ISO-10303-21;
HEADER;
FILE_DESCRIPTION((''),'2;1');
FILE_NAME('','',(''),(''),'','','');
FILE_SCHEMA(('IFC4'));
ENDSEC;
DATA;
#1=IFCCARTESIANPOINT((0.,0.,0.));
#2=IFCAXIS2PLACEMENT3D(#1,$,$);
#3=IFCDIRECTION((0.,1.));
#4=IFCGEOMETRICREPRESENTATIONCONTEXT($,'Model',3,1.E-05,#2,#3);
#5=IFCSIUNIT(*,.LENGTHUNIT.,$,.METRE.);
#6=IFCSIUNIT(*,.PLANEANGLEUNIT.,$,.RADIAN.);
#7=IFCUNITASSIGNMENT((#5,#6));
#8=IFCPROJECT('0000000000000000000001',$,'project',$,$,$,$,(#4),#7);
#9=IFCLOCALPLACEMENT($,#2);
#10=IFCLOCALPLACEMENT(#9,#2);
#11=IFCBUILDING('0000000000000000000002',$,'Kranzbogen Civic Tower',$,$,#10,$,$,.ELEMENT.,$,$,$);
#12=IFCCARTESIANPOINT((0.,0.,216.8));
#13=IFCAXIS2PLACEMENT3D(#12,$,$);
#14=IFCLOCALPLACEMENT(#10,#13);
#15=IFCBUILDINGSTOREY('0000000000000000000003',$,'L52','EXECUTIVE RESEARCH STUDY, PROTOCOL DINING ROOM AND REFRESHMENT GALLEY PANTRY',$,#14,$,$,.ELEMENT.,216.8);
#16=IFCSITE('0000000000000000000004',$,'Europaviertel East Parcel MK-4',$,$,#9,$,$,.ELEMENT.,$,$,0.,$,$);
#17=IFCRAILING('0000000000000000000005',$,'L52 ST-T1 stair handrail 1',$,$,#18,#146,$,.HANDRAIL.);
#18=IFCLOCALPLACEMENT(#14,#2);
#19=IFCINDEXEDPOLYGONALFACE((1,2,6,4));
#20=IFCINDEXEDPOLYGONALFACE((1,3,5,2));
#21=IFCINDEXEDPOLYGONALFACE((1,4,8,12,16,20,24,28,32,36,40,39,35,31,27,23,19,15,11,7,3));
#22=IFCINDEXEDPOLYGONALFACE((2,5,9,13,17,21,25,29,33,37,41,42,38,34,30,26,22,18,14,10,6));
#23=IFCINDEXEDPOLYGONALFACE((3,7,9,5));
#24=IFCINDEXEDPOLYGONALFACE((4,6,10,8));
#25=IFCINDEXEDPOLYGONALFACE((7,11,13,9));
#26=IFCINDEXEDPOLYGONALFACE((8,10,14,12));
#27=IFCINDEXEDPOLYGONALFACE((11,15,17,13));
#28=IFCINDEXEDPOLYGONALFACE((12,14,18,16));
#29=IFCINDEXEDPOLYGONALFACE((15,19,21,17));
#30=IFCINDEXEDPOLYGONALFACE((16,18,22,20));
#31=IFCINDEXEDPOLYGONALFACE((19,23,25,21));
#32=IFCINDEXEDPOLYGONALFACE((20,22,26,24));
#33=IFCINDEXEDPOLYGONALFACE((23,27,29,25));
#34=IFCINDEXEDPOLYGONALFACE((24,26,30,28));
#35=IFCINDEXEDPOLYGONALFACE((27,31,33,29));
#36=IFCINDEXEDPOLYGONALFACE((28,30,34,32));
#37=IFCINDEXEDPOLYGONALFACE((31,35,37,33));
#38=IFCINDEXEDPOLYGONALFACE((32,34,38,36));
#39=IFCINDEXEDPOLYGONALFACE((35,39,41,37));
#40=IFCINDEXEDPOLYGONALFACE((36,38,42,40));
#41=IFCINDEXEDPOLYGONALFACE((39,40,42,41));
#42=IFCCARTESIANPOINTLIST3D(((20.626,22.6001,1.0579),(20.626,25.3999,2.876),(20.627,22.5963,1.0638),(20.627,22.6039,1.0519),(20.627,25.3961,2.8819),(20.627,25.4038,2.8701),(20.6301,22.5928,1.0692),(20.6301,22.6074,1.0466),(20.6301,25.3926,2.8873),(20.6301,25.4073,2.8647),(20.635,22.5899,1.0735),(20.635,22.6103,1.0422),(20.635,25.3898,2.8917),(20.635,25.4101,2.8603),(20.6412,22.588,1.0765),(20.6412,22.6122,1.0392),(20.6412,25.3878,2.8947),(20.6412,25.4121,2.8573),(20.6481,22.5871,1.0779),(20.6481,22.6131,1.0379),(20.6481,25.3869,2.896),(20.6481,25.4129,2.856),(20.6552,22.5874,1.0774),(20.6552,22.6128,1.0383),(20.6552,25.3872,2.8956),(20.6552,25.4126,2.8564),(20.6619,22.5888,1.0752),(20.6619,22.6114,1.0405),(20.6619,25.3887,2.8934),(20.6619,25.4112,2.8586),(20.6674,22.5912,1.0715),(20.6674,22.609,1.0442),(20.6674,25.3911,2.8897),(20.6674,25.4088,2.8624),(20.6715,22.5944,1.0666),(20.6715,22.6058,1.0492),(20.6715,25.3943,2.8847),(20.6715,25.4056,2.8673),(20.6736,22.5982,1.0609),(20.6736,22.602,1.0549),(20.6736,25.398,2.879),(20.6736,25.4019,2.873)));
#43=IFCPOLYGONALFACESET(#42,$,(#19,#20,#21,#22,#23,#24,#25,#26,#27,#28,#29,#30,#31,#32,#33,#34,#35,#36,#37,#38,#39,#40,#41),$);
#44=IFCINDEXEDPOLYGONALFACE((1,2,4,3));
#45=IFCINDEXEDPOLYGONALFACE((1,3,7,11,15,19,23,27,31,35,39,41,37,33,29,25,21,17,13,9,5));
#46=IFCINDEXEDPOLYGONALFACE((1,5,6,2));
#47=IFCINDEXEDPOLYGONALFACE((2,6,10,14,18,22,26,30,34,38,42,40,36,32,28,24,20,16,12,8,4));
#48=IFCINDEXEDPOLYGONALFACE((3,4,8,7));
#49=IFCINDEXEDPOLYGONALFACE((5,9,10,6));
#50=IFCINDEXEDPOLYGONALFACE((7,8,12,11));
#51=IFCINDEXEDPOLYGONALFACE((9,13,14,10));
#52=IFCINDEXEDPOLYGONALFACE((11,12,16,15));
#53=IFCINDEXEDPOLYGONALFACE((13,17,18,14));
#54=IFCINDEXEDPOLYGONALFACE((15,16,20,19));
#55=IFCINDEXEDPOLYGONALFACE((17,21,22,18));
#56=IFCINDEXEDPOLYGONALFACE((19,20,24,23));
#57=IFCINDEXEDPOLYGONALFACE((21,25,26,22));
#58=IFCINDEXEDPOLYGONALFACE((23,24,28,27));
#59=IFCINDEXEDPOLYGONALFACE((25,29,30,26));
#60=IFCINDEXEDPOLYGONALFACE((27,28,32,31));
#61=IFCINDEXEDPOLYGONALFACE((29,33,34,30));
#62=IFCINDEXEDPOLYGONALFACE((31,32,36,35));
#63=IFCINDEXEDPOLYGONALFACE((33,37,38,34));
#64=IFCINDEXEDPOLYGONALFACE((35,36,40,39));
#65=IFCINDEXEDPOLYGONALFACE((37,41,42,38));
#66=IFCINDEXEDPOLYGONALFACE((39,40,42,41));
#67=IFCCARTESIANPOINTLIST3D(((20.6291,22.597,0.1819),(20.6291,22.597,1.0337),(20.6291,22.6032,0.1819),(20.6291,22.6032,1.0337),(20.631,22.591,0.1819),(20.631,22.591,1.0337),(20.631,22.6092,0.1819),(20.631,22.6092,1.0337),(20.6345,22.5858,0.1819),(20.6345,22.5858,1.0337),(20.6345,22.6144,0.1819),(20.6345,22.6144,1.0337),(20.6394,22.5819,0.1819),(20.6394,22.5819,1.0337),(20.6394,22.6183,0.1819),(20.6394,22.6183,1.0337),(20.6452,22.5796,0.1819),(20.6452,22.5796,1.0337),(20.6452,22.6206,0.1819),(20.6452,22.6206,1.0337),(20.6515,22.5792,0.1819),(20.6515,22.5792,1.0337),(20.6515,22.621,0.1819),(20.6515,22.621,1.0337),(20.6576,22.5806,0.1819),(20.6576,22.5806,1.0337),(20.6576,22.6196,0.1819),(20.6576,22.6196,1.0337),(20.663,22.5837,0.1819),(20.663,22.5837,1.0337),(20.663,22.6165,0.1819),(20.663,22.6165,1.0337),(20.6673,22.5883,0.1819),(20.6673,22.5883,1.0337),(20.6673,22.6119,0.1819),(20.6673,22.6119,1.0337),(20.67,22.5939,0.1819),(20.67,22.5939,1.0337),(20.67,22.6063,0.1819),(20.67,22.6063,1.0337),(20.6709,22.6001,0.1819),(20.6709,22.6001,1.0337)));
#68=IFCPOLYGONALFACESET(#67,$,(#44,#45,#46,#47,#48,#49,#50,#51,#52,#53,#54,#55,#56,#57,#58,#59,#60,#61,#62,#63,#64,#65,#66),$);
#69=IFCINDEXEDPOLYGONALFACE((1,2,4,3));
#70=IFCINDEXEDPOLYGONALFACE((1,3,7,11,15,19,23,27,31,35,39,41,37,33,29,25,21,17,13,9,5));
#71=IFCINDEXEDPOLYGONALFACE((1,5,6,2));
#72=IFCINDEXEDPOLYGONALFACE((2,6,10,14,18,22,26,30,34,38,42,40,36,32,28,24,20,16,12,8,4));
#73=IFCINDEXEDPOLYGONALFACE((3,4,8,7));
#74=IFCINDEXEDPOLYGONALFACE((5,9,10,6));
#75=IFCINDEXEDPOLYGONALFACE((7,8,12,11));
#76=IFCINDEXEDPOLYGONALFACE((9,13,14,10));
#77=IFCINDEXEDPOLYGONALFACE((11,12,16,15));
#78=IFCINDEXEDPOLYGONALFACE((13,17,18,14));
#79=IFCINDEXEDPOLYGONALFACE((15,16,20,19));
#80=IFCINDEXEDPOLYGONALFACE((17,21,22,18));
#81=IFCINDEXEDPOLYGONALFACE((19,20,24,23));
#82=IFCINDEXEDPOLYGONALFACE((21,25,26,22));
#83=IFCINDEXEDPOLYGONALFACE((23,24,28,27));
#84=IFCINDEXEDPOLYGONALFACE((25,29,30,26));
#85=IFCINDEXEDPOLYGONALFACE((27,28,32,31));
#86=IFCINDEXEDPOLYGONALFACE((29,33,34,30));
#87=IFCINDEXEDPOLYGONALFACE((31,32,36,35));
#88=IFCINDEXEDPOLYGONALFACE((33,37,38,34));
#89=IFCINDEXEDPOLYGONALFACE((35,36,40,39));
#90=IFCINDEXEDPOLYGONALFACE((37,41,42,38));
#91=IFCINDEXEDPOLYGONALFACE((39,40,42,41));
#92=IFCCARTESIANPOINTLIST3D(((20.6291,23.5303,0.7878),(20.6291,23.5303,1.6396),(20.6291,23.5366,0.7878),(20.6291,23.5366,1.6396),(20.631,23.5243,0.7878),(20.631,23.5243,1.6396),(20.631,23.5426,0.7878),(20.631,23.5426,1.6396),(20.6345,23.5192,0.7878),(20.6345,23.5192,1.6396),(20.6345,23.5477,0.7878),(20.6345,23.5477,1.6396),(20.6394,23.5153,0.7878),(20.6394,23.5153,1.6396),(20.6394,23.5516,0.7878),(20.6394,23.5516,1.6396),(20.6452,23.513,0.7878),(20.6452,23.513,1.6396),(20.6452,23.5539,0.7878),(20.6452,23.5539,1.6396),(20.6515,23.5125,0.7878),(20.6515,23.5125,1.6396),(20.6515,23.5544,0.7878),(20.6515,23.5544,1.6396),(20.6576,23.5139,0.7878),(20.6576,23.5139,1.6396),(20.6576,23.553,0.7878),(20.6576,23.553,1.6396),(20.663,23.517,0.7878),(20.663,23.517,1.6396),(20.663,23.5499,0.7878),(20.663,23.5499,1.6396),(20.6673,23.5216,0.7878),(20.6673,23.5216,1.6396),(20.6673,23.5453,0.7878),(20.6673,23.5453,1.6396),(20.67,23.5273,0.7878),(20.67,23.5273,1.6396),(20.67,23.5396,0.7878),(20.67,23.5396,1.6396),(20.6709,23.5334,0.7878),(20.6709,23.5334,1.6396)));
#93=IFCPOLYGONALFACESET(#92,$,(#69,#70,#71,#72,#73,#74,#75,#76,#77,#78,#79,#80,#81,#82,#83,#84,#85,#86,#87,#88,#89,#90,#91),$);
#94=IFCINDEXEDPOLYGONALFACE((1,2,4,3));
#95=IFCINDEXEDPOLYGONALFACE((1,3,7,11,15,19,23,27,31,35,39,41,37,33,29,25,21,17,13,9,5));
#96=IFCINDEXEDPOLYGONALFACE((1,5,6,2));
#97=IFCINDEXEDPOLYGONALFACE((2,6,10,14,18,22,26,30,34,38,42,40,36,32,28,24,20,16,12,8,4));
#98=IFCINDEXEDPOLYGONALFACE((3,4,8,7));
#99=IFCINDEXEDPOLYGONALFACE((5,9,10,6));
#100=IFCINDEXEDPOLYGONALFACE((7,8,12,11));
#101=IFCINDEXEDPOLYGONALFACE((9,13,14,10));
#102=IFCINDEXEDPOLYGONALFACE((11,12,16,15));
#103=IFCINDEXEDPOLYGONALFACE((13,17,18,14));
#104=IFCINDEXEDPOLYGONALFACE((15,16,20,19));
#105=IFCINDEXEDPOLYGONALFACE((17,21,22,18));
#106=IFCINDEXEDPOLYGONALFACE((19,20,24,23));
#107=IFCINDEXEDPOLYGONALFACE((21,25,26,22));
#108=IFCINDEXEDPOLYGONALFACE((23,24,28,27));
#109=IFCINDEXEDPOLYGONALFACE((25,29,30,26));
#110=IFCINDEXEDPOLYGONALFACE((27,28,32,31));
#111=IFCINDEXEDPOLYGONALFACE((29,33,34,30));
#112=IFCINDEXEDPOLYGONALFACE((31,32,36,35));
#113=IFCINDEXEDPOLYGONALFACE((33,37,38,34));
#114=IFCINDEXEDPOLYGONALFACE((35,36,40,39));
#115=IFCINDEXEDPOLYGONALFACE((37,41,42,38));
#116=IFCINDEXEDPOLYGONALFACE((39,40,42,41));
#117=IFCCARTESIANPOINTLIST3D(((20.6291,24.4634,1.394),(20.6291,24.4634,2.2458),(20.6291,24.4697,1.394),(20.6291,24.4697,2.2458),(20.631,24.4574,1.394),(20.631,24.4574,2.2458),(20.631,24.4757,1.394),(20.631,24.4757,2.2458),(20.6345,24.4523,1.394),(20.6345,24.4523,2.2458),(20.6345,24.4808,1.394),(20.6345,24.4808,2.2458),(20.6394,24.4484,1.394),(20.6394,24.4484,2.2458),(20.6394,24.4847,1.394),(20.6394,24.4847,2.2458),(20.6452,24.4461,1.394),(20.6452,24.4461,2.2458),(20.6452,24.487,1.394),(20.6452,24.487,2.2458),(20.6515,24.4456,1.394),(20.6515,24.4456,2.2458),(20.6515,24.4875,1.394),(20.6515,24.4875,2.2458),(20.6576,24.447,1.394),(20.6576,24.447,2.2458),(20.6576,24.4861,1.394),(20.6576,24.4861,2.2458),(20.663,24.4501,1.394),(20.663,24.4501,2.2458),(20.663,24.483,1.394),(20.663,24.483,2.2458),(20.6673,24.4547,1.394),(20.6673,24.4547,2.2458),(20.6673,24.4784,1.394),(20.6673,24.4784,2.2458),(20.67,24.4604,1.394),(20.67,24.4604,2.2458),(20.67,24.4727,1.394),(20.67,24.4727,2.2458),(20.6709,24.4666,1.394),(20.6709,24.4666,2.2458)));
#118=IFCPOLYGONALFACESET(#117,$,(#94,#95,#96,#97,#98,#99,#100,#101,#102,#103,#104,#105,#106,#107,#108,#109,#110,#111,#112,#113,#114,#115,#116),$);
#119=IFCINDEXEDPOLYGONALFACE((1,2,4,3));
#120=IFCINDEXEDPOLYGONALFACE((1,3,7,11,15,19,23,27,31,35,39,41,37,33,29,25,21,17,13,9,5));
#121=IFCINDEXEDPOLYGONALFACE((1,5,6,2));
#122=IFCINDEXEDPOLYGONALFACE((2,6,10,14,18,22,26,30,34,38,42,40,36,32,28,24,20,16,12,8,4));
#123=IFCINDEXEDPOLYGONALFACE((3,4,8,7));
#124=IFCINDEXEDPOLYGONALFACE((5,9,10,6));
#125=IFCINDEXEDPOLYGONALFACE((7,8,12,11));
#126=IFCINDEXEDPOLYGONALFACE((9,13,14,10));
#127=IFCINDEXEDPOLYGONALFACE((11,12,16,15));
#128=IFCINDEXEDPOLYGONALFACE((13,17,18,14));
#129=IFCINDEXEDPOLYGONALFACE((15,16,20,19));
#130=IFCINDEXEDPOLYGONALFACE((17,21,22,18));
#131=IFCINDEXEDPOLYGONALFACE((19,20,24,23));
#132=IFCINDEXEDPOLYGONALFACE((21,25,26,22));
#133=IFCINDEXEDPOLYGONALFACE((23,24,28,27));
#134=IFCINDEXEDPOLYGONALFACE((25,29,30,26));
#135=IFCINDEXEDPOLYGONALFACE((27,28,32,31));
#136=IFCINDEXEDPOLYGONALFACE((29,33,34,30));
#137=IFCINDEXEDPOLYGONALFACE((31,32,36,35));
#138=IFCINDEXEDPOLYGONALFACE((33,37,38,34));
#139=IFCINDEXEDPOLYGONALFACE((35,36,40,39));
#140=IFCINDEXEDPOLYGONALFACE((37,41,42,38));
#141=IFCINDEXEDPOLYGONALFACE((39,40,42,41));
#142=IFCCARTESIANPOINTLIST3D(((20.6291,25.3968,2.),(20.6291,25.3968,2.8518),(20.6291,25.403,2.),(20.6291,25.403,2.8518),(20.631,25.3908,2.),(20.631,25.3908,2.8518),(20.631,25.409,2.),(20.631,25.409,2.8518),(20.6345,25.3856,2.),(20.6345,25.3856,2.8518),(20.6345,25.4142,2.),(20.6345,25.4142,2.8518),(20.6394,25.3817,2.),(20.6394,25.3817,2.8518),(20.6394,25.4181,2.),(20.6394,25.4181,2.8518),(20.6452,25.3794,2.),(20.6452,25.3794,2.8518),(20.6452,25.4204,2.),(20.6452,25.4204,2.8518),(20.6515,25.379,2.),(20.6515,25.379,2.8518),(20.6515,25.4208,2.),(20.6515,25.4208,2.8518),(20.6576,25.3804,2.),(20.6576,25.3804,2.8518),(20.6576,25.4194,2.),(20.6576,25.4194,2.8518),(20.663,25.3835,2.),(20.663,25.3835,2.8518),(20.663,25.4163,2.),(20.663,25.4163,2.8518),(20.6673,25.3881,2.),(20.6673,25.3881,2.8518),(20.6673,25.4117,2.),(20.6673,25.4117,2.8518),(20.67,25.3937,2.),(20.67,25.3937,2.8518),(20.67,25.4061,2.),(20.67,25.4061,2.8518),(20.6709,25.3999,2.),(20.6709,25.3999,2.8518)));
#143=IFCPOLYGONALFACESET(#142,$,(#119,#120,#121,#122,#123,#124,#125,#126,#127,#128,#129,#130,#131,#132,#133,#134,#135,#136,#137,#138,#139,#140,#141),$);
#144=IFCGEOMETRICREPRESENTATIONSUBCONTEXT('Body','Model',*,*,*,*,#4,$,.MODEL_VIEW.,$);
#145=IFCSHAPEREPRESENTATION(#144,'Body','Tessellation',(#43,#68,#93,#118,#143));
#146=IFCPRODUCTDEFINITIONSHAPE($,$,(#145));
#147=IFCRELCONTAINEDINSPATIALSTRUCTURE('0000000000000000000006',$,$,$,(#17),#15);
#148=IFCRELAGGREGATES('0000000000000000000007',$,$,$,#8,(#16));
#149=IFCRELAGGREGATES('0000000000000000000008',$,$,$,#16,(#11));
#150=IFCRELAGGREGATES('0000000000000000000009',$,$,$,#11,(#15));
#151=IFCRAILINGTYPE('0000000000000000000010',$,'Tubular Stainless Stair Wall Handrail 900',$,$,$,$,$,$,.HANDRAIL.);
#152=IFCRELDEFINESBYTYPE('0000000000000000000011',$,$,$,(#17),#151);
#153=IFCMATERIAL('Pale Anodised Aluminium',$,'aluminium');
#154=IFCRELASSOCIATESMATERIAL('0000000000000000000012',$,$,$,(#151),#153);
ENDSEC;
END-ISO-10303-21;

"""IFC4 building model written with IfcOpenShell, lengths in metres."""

from ifc_helpers import new_model, si_unit, direction, frame, origin, origin_2d, place, context, subcontext, project, spatial, circle, extrude, material, type_object, element, save


model = new_model("IFC4")

# Units and contexts
model_context = context("Model", 3, precision=1e-05, world=origin(), true_north=direction((0.0, 1.0)))
body_context = subcontext(model_context, "Body", "Model", "MODEL_VIEW")
ifc_project = project(units=[si_unit("LENGTHUNIT", "METRE"), si_unit("PLANEANGLEUNIT", "RADIAN")], contexts=[model_context])

# Site, building, storey
site_placement = place(None, origin())
site = spatial("IfcSite", under=ifc_project, at=site_placement, Name="Europaviertel East Parcel MK-4", CompositionType="ELEMENT", RefElevation=0.0)
building_placement = place(site_placement, origin())
building = spatial("IfcBuilding", under=site, at=building_placement, Name="Kranzbogen Civic Tower", CompositionType="ELEMENT")
storey_placement = place(building_placement, frame((0.0, 0.0, 216.8)))
storey = spatial("IfcBuildingStorey", under=building, at=storey_placement, Name="L52", Description="EXECUTIVE RESEARCH STUDY, PROTOCOL DINING ROOM AND REFRESHMENT GALLEY PANTRY", CompositionType="ELEMENT", Elevation=216.8)

# Shared definitions
ifc_material_1 = material(Name="Pale Anodised Aluminium", Category="aluminium")

# Railing
railing_type_1 = type_object("IfcRailingType", Name="Tubular Stainless Stair Wall Handrail 900", PredefinedType="HANDRAIL", material=ifc_material_1)
railing_1_placement = place(storey_placement, frame((20.6499, 22.6001, 0.1819)))
element("IfcRailing", 1, at=railing_1_placement, inside=storey, type_object=railing_type_1, Name="L52 ST-T1 stair handrail 1", PredefinedType="HANDRAIL", context=body_context, shape_type="SweptSolid", body=[
    extrude(circle(Radius=0.0239, at=origin_2d()), frame((0.0, 0.0, 0.876), z_axis=(0.0, 0.838684, 0.544618), x_axis=(-1.0, 0.0, 0.0)), (0.0, 0.0, 1.0), 3.3384),
    extrude(circle(Radius=0.021, at=origin_2d()), origin(), (0.0, 0.0, 1.0), 0.8518),
    extrude(circle(Radius=0.021, at=origin_2d()), frame((0.0, 0.9333, 0.606)), (0.0, 0.0, 1.0), 0.8518),
    extrude(circle(Radius=0.021, at=origin_2d()), frame((0.0, 1.8665, 1.2122)), (0.0, 0.0, 1.0), 0.8518),
    extrude(circle(Radius=0.021, at=origin_2d()), frame((0.0, 2.7998, 1.8181)), (0.0, 0.0, 1.0), 0.8518),
])

save(model, "model.ifc")
